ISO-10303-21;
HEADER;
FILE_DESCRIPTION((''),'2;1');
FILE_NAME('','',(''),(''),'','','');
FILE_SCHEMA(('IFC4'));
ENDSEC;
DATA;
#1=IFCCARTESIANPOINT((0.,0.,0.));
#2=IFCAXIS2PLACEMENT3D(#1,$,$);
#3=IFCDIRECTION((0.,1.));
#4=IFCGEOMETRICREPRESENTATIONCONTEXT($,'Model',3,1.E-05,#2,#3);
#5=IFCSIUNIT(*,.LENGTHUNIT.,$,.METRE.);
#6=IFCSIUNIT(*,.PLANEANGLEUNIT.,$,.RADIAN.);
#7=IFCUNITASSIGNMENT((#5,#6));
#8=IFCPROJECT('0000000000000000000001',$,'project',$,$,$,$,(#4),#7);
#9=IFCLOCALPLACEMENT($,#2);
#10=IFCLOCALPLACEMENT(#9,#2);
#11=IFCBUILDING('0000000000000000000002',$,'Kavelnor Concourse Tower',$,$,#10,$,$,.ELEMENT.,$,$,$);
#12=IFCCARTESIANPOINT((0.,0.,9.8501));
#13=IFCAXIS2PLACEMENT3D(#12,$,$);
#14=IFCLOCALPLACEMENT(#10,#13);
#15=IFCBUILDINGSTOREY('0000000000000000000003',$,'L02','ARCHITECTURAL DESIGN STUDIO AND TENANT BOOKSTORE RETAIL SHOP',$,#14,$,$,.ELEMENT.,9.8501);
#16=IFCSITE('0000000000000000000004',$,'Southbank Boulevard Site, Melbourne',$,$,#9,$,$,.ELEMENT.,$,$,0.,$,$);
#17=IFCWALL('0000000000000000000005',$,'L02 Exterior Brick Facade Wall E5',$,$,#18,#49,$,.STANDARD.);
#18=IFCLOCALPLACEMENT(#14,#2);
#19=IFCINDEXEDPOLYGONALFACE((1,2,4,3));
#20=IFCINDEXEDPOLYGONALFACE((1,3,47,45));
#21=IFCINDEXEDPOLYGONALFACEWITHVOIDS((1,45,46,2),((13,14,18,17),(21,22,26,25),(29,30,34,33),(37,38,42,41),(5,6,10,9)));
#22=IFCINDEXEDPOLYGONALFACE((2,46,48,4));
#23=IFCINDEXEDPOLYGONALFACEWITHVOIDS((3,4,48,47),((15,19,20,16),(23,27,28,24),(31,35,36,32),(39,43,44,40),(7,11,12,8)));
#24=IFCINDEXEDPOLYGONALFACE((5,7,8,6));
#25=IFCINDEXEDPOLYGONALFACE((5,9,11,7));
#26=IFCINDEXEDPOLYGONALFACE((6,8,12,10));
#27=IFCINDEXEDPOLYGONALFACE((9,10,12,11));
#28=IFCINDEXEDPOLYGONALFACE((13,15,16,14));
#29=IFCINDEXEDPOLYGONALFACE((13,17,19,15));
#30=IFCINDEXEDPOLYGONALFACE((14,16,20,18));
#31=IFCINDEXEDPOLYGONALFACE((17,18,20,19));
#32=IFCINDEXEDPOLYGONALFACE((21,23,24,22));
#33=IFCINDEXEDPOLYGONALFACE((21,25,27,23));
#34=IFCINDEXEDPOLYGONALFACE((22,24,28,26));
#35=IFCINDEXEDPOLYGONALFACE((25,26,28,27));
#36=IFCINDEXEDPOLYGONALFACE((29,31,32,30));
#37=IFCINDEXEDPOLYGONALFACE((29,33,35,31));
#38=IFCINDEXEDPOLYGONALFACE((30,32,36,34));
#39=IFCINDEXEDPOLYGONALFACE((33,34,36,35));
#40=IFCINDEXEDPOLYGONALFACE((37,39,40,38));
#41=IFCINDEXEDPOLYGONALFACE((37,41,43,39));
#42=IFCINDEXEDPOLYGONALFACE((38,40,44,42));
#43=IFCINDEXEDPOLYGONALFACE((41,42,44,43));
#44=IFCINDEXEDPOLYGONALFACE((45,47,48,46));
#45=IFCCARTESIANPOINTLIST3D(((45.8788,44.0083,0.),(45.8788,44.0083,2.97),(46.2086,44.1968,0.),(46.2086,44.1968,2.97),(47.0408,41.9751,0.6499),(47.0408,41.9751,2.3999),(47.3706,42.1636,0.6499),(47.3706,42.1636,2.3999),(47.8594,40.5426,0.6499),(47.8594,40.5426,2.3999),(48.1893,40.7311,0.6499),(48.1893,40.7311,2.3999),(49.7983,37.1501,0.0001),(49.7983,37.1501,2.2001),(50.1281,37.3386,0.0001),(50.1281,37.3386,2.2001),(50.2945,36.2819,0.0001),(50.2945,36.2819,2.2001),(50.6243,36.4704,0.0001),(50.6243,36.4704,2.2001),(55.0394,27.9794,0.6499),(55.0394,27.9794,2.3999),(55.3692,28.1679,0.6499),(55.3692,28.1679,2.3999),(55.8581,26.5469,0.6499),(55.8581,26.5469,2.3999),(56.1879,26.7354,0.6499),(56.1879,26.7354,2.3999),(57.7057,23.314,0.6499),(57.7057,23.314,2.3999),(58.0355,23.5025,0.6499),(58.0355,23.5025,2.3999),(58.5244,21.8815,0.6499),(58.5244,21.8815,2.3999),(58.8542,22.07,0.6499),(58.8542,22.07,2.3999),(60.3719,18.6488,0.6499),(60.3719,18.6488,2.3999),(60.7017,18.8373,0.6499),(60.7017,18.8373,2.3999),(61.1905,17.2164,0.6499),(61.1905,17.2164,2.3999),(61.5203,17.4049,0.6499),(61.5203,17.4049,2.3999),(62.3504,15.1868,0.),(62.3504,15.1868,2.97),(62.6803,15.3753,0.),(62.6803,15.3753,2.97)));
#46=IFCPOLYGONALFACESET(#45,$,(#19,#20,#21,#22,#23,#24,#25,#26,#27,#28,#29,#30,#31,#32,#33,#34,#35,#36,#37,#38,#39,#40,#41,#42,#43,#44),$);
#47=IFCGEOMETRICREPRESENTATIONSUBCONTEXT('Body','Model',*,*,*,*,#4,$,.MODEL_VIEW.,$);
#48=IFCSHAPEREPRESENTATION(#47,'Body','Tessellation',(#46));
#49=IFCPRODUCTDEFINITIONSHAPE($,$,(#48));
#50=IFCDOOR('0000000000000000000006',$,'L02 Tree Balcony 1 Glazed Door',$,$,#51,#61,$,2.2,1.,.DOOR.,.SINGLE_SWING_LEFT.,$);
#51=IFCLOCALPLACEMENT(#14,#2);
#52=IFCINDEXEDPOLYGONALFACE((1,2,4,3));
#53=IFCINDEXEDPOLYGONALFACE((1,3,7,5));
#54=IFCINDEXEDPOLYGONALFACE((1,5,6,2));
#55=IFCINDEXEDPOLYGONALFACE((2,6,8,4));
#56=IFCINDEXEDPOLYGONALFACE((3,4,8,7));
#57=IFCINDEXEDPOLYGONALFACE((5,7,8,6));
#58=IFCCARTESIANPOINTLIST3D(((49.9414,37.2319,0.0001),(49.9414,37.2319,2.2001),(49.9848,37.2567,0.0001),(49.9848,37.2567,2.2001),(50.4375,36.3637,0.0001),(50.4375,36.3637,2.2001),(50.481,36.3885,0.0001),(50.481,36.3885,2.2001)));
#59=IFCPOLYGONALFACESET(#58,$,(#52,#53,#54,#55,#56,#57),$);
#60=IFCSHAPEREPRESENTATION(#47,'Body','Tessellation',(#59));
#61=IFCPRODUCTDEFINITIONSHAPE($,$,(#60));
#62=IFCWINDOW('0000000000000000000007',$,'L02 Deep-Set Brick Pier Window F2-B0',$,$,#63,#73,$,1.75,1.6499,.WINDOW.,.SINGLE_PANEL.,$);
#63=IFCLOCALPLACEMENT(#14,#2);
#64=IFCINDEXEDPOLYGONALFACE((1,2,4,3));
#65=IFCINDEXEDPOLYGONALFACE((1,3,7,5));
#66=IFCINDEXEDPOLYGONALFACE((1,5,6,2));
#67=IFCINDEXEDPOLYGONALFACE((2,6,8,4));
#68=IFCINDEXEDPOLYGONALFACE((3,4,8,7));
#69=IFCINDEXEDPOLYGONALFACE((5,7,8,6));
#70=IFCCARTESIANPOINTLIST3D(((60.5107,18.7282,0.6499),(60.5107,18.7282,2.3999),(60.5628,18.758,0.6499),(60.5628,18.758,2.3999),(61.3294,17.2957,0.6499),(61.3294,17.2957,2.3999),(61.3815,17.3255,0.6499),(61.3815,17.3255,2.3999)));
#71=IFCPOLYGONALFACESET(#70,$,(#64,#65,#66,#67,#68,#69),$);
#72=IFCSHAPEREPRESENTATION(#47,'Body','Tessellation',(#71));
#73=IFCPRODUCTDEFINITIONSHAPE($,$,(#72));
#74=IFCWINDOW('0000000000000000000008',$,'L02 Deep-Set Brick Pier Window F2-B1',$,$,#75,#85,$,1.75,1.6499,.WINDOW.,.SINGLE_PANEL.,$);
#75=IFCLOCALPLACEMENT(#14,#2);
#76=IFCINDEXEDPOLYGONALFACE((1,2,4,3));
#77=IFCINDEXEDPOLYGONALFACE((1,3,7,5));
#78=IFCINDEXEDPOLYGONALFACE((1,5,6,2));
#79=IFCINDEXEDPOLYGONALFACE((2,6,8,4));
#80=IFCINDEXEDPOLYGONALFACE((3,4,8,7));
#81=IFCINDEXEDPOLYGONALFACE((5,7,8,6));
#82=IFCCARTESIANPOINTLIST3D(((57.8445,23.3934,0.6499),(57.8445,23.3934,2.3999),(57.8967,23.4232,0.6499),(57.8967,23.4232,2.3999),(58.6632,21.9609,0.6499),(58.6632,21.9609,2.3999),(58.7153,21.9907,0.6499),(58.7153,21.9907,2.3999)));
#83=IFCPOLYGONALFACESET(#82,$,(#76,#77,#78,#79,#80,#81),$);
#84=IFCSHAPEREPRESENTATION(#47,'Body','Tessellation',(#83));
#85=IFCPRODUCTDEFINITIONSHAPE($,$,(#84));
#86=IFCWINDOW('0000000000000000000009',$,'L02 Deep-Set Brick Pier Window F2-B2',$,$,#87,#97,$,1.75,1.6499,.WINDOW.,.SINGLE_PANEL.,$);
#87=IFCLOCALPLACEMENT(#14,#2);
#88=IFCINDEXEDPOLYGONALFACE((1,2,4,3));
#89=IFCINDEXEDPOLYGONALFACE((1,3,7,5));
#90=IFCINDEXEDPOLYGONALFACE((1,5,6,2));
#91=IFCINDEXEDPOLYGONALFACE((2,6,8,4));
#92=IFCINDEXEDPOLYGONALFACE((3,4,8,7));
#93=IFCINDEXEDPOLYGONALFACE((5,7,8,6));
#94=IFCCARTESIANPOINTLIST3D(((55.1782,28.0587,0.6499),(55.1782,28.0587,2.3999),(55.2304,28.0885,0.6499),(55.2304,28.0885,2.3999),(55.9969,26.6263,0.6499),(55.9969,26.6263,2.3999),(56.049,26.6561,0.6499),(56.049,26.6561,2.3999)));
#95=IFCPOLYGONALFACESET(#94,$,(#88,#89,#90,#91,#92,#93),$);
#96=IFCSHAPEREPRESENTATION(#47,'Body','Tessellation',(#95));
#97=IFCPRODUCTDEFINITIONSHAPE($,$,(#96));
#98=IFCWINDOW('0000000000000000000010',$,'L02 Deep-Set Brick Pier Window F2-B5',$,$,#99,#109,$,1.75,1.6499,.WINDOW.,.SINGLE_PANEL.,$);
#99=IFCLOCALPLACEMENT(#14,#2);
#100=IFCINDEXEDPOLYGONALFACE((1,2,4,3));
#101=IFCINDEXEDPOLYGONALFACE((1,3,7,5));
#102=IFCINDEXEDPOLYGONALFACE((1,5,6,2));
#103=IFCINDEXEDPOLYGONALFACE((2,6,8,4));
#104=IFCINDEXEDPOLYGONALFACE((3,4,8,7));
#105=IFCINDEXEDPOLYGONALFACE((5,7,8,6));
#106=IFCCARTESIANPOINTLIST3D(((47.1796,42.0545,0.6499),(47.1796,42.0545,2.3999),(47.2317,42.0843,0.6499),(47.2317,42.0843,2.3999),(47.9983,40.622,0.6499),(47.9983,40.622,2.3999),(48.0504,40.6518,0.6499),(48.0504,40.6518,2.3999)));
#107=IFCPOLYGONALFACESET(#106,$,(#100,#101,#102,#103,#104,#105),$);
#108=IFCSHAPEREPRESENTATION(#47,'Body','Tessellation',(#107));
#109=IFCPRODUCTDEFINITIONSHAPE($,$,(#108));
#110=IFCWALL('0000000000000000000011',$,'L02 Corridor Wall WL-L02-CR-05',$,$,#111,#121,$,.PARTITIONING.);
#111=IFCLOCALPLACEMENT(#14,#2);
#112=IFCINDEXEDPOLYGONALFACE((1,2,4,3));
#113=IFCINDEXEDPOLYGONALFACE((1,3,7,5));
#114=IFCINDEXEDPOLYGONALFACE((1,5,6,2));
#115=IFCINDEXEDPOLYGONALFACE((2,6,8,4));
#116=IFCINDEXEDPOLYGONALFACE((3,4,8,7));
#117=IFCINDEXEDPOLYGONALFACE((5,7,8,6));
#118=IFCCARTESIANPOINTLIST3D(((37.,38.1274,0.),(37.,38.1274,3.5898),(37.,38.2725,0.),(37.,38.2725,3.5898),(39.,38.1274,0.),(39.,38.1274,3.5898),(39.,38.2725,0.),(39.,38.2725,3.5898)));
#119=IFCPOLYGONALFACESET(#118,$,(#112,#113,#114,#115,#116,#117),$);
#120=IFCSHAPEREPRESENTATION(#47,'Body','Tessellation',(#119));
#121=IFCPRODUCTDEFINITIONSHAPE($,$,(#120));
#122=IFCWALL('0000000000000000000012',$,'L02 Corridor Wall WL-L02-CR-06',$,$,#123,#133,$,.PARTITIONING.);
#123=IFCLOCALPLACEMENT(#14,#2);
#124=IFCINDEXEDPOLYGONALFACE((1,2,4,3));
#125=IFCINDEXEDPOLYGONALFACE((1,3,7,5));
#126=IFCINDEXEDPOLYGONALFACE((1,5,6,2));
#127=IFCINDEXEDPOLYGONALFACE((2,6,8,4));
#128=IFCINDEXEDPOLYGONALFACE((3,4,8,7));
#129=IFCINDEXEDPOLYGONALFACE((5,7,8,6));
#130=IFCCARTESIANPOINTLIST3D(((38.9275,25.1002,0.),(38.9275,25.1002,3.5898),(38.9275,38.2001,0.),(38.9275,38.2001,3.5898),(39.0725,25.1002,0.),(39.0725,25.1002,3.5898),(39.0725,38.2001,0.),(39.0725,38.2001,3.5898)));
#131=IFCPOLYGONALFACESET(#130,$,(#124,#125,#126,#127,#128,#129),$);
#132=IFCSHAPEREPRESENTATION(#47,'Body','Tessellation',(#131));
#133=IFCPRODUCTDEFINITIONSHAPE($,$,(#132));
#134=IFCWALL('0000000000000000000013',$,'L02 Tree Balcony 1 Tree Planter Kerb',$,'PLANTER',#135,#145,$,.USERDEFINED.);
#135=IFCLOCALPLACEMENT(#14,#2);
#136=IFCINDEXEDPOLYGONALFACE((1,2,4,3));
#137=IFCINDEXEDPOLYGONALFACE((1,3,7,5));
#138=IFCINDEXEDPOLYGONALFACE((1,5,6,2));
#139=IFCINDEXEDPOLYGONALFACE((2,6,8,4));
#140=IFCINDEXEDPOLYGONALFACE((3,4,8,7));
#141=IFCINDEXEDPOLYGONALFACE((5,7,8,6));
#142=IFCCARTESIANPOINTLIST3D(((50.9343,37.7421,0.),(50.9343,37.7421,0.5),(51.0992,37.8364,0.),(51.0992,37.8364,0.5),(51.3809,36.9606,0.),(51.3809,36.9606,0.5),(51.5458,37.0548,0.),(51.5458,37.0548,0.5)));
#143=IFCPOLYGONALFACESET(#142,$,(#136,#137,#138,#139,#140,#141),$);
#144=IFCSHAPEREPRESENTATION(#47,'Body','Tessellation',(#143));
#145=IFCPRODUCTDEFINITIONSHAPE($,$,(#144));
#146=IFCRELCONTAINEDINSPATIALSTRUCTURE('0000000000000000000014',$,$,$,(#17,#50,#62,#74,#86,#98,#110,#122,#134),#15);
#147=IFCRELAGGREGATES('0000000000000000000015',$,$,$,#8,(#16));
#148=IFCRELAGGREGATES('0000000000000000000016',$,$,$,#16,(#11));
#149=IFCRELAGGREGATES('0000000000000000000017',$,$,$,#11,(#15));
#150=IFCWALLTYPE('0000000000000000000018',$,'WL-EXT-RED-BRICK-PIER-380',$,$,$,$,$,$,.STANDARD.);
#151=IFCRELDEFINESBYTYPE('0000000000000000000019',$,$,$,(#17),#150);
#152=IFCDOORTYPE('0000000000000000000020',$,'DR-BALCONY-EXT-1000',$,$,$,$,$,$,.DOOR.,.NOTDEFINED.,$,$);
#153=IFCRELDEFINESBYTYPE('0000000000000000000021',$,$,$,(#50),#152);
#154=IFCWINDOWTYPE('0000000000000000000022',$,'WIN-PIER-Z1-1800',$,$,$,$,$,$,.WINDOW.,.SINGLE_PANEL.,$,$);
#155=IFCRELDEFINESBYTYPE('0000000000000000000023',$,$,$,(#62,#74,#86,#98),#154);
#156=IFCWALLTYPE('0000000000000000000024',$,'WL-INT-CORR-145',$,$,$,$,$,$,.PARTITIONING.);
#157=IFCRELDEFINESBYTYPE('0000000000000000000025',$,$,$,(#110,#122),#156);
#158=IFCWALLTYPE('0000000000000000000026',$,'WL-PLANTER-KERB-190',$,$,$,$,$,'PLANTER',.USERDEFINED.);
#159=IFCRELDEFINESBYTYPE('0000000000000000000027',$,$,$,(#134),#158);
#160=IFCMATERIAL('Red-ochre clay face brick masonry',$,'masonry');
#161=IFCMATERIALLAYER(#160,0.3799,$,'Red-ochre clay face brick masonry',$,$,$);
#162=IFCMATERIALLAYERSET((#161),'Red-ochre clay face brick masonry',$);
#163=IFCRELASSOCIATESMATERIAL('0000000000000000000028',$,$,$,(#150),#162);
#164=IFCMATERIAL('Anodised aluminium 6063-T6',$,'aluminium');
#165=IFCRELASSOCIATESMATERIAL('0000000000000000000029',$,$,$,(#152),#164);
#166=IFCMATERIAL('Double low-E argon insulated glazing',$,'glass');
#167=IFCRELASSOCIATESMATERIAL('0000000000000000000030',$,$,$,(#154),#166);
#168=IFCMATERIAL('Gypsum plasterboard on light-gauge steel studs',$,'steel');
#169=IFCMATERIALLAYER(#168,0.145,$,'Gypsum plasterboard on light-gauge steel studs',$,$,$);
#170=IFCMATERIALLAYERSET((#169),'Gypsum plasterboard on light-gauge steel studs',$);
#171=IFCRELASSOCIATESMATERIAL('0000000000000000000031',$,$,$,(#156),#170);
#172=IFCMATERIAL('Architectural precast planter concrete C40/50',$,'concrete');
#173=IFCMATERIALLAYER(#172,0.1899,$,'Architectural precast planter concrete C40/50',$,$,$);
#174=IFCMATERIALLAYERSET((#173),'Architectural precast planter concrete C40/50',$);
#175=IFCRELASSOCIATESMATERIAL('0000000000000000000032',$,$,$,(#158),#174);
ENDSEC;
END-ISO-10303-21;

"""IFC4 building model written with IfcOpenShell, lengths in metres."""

from ifc_helpers import new_model, si_unit, direction, frame, frame_2d, origin, place, context, subcontext, project, spatial, rectangle, extrude, material, layer, layer_set, type_object, element, fill, save


model = new_model("IFC4")

# Units and contexts
model_context = context("Model", 3, precision=1e-05, world=origin(), true_north=direction((0.0, 1.0)))
body_context = subcontext(model_context, "Body", "Model", "MODEL_VIEW")
ifc_project = project(units=[si_unit("LENGTHUNIT", "METRE"), si_unit("PLANEANGLEUNIT", "RADIAN")], contexts=[model_context])

# Site, building, storey
site_placement = place(None, origin())
site = spatial("IfcSite", under=ifc_project, at=site_placement, Name="Southbank Boulevard Site, Melbourne", CompositionType="ELEMENT", RefElevation=0.0)
building_placement = place(site_placement, origin())
building = spatial("IfcBuilding", under=site, at=building_placement, Name="Kavelnor Concourse Tower", CompositionType="ELEMENT")
storey_placement = place(building_placement, frame((0.0, 0.0, 9.8501)))
storey = spatial("IfcBuildingStorey", under=building, at=storey_placement, Name="L02", Description="ARCHITECTURAL DESIGN STUDIO AND TENANT BOOKSTORE RETAIL SHOP", CompositionType="ELEMENT", Elevation=9.8501)

# Wall, openings, door, windows
ifc_material_1 = material(Name="Red-ochre clay face brick masonry", Category="masonry")
ifc_layer_1 = layer(ifc_material_1, 0.3799, Name="Red-ochre clay face brick masonry")
ifc_layer_set_1 = layer_set([ifc_layer_1], Name="Red-ochre clay face brick masonry")
wall_type_1 = type_object("IfcWallType", Name="WL-EXT-RED-BRICK-PIER-380", PredefinedType="STANDARD", material=ifc_layer_set_1)
wall_1_placement = place(storey_placement, frame((46.0437, 44.1025, 0.0), z_axis=(0.0, 0.0, 1.0), x_axis=(0.49619, -0.868214, 0.0)))
wall_1 = element("IfcWall", 1, at=wall_1_placement, inside=storey, type_object=wall_type_1, Name="L02 Exterior Brick Facade Wall E5", PredefinedType="STANDARD", context=body_context, shape_type="SweptSolid", body=[
    extrude(rectangle(XDim=33.1963, YDim=0.3799, at=frame_2d((16.5981, 0.0))), origin(), (0.0, 0.0, 1.0), 2.97),
])
opening_1_placement = place(wall_1_placement, frame((7.8992, 0.0, 0.0)))
opening_1 = element("IfcOpeningElement", 2, at=opening_1_placement, cuts=wall_1, PredefinedType="OPENING", context=body_context, shape_type="SweptSolid", body=[
    extrude(rectangle(XDim=1.0, YDim=2.2, at=frame_2d((0.5, 1.1001))), frame((0.0, 0.2, 0.0), z_axis=(0.0, -1.0, 0.0), x_axis=(1.0, 0.0, 0.0)), (0.0, 0.0, 1.0), 0.3999),
])
opening_2_placement = place(wall_1_placement, frame((29.2087, 0.0, 0.6499)))
opening_2 = element("IfcOpeningElement", 3, at=opening_2_placement, cuts=wall_1, PredefinedType="OPENING", context=body_context, shape_type="SweptSolid", body=[
    extrude(rectangle(XDim=1.6499, YDim=1.75, at=frame_2d((0.825, 0.875))), frame((0.0, 0.2, 0.0), z_axis=(0.0, -1.0, 0.0), x_axis=(1.0, 0.0, 0.0)), (0.0, 0.0, 1.0), 0.3999),
])
opening_3_placement = place(wall_1_placement, frame((23.8354, 0.0, 0.6499)))
opening_3 = element("IfcOpeningElement", 4, at=opening_3_placement, cuts=wall_1, PredefinedType="OPENING", context=body_context, shape_type="SweptSolid", body=[
    extrude(rectangle(XDim=1.6499, YDim=1.75, at=frame_2d((0.825, 0.875))), frame((0.0, 0.2, 0.0), z_axis=(0.0, -1.0, 0.0), x_axis=(1.0, 0.0, 0.0)), (0.0, 0.0, 1.0), 0.3999),
])
opening_4_placement = place(wall_1_placement, frame((18.4619, 0.0, 0.6499)))
opening_4 = element("IfcOpeningElement", 5, at=opening_4_placement, cuts=wall_1, PredefinedType="OPENING", context=body_context, shape_type="SweptSolid", body=[
    extrude(rectangle(XDim=1.6499, YDim=1.75, at=frame_2d((0.825, 0.875))), frame((0.0, 0.2, 0.0), z_axis=(0.0, -1.0, 0.0), x_axis=(1.0, 0.0, 0.0)), (0.0, 0.0, 1.0), 0.3999),
])
opening_5_placement = place(wall_1_placement, frame((2.3418, 0.0, 0.6499)))
opening_5 = element("IfcOpeningElement", 6, at=opening_5_placement, cuts=wall_1, PredefinedType="OPENING", context=body_context, shape_type="SweptSolid", body=[
    extrude(rectangle(XDim=1.6499, YDim=1.75, at=frame_2d((0.825, 0.875))), frame((0.0, 0.2, 0.0), z_axis=(0.0, -1.0, 0.0), x_axis=(1.0, 0.0, 0.0)), (0.0, 0.0, 1.0), 0.3999),
])
ifc_material_2 = material(Name="Anodised aluminium 6063-T6", Category="aluminium")
door_type = type_object("IfcDoorType", Name="DR-BALCONY-EXT-1000", OperationType="NOTDEFINED", PredefinedType="DOOR", material=ifc_material_2)
door_placement = place(opening_1_placement, origin())
door = element("IfcDoor", 7, at=door_placement, inside=storey, type_object=door_type, Name="L02 Tree Balcony 1 Glazed Door", OperationType="SINGLE_SWING_LEFT", OverallHeight=2.2, OverallWidth=1.0, PredefinedType="DOOR", context=body_context, shape_type="SweptSolid", body=[
    extrude(rectangle(XDim=1.0, YDim=2.2, at=frame_2d((0.5, 1.1001))), frame((0.0, 0.0249, 0.0), z_axis=(0.0, -1.0, 0.0), x_axis=(1.0, 0.0, 0.0)), (0.0, 0.0, 1.0), 0.05),
])
fill(opening_1, door)
ifc_material_3 = material(Name="Double low-E argon insulated glazing", Category="glass")
window_type = type_object("IfcWindowType", Name="WIN-PIER-Z1-1800", PartitioningType="SINGLE_PANEL", PredefinedType="WINDOW", material=ifc_material_3)
window_1_placement = place(opening_2_placement, origin())
window_1 = element("IfcWindow", 8, at=window_1_placement, inside=storey, type_object=window_type, Name="L02 Deep-Set Brick Pier Window F2-B0", OverallHeight=1.75, OverallWidth=1.6499, PartitioningType="SINGLE_PANEL", PredefinedType="WINDOW", context=body_context, shape_type="SweptSolid", body=[
    extrude(rectangle(XDim=1.6499, YDim=1.75, at=frame_2d((0.825, 0.875))), frame((0.0, 0.03, 0.0), z_axis=(0.0, -1.0, 0.0), x_axis=(1.0, 0.0, 0.0)), (0.0, 0.0, 1.0), 0.0601),
])
fill(opening_2, window_1)
window_2_placement = place(opening_3_placement, origin())
window_2 = element("IfcWindow", 9, at=window_2_placement, inside=storey, type_object=window_type, Name="L02 Deep-Set Brick Pier Window F2-B1", OverallHeight=1.75, OverallWidth=1.6499, PartitioningType="SINGLE_PANEL", PredefinedType="WINDOW", context=body_context, shape_type="SweptSolid", body=[
    extrude(rectangle(XDim=1.6499, YDim=1.75, at=frame_2d((0.825, 0.875))), frame((0.0, 0.03, 0.0), z_axis=(0.0, -1.0, 0.0), x_axis=(1.0, 0.0, 0.0)), (0.0, 0.0, 1.0), 0.0601),
])
fill(opening_3, window_2)
window_3_placement = place(opening_4_placement, origin())
window_3 = element("IfcWindow", 10, at=window_3_placement, inside=storey, type_object=window_type, Name="L02 Deep-Set Brick Pier Window F2-B2", OverallHeight=1.75, OverallWidth=1.6499, PartitioningType="SINGLE_PANEL", PredefinedType="WINDOW", context=body_context, shape_type="SweptSolid", body=[
    extrude(rectangle(XDim=1.6499, YDim=1.75, at=frame_2d((0.825, 0.875))), frame((0.0, 0.03, 0.0), z_axis=(0.0, -1.0, 0.0), x_axis=(1.0, 0.0, 0.0)), (0.0, 0.0, 1.0), 0.0601),
])
fill(opening_4, window_3)
window_4_placement = place(opening_5_placement, origin())
window_4 = element("IfcWindow", 11, at=window_4_placement, inside=storey, type_object=window_type, Name="L02 Deep-Set Brick Pier Window F2-B5", OverallHeight=1.75, OverallWidth=1.6499, PartitioningType="SINGLE_PANEL", PredefinedType="WINDOW", context=body_context, shape_type="SweptSolid", body=[
    extrude(rectangle(XDim=1.6499, YDim=1.75, at=frame_2d((0.825, 0.875))), frame((0.0, 0.03, 0.0), z_axis=(0.0, -1.0, 0.0), x_axis=(1.0, 0.0, 0.0)), (0.0, 0.0, 1.0), 0.0601),
])
fill(opening_5, window_4)

# Walls
ifc_material_4 = material(Name="Gypsum plasterboard on light-gauge steel studs", Category="steel")
ifc_layer_2 = layer(ifc_material_4, 0.145, Name="Gypsum plasterboard on light-gauge steel studs")
ifc_layer_set_2 = layer_set([ifc_layer_2], Name="Gypsum plasterboard on light-gauge steel studs")
wall_type_2 = type_object("IfcWallType", Name="WL-INT-CORR-145", PredefinedType="PARTITIONING", material=ifc_layer_set_2)
wall_2_placement = place(storey_placement, frame((37.0, 38.2, 0.0), z_axis=(0.0, 0.0, 1.0), x_axis=(1.0, 0.0, 0.0)))
element("IfcWall", 12, at=wall_2_placement, inside=storey, type_object=wall_type_2, Name="L02 Corridor Wall WL-L02-CR-05", PredefinedType="PARTITIONING", context=body_context, shape_type="SweptSolid", body=[
    extrude(rectangle(XDim=2.0, YDim=0.145, at=frame_2d((1.0, 0.0))), origin(), (0.0, 0.0, 1.0), 3.5898),
])
wall_3_placement = place(storey_placement, frame((39.0, 38.2, 0.0), z_axis=(0.0, 0.0, 1.0), x_axis=(0.0, -1.0, 0.0)))
element("IfcWall", 13, at=wall_3_placement, inside=storey, type_object=wall_type_2, Name="L02 Corridor Wall WL-L02-CR-06", PredefinedType="PARTITIONING", context=body_context, shape_type="SweptSolid", body=[
    extrude(rectangle(XDim=13.0999, YDim=0.145, at=frame_2d((6.5498, 0.0))), origin(), (0.0, 0.0, 1.0), 3.5898),
])
ifc_material_5 = material(Name="Architectural precast planter concrete C40/50", Category="concrete")
ifc_layer_3 = layer(ifc_material_5, 0.1899, Name="Architectural precast planter concrete C40/50")
ifc_layer_set_3 = layer_set([ifc_layer_3], Name="Architectural precast planter concrete C40/50")
wall_type_3 = type_object("IfcWallType", Name="WL-PLANTER-KERB-190", ElementType="PLANTER", PredefinedType="USERDEFINED", material=ifc_layer_set_3)
wall_4_placement = place(storey_placement, frame((51.4634, 37.0076, 0.0), z_axis=(0.0, 0.0, 1.0), x_axis=(-0.49611, 0.86826, 0.0)))
element("IfcWall", 14, at=wall_4_placement, inside=storey, type_object=wall_type_3, Name="L02 Tree Balcony 1 Tree Planter Kerb", ObjectType="PLANTER", PredefinedType="USERDEFINED", context=body_context, shape_type="SweptSolid", body=[
    extrude(rectangle(XDim=0.9001, YDim=0.1899, at=frame_2d((0.4502, 0.0))), origin(), (0.0, 0.0, 1.0), 0.5),
])

save(model, "model.ifc")
